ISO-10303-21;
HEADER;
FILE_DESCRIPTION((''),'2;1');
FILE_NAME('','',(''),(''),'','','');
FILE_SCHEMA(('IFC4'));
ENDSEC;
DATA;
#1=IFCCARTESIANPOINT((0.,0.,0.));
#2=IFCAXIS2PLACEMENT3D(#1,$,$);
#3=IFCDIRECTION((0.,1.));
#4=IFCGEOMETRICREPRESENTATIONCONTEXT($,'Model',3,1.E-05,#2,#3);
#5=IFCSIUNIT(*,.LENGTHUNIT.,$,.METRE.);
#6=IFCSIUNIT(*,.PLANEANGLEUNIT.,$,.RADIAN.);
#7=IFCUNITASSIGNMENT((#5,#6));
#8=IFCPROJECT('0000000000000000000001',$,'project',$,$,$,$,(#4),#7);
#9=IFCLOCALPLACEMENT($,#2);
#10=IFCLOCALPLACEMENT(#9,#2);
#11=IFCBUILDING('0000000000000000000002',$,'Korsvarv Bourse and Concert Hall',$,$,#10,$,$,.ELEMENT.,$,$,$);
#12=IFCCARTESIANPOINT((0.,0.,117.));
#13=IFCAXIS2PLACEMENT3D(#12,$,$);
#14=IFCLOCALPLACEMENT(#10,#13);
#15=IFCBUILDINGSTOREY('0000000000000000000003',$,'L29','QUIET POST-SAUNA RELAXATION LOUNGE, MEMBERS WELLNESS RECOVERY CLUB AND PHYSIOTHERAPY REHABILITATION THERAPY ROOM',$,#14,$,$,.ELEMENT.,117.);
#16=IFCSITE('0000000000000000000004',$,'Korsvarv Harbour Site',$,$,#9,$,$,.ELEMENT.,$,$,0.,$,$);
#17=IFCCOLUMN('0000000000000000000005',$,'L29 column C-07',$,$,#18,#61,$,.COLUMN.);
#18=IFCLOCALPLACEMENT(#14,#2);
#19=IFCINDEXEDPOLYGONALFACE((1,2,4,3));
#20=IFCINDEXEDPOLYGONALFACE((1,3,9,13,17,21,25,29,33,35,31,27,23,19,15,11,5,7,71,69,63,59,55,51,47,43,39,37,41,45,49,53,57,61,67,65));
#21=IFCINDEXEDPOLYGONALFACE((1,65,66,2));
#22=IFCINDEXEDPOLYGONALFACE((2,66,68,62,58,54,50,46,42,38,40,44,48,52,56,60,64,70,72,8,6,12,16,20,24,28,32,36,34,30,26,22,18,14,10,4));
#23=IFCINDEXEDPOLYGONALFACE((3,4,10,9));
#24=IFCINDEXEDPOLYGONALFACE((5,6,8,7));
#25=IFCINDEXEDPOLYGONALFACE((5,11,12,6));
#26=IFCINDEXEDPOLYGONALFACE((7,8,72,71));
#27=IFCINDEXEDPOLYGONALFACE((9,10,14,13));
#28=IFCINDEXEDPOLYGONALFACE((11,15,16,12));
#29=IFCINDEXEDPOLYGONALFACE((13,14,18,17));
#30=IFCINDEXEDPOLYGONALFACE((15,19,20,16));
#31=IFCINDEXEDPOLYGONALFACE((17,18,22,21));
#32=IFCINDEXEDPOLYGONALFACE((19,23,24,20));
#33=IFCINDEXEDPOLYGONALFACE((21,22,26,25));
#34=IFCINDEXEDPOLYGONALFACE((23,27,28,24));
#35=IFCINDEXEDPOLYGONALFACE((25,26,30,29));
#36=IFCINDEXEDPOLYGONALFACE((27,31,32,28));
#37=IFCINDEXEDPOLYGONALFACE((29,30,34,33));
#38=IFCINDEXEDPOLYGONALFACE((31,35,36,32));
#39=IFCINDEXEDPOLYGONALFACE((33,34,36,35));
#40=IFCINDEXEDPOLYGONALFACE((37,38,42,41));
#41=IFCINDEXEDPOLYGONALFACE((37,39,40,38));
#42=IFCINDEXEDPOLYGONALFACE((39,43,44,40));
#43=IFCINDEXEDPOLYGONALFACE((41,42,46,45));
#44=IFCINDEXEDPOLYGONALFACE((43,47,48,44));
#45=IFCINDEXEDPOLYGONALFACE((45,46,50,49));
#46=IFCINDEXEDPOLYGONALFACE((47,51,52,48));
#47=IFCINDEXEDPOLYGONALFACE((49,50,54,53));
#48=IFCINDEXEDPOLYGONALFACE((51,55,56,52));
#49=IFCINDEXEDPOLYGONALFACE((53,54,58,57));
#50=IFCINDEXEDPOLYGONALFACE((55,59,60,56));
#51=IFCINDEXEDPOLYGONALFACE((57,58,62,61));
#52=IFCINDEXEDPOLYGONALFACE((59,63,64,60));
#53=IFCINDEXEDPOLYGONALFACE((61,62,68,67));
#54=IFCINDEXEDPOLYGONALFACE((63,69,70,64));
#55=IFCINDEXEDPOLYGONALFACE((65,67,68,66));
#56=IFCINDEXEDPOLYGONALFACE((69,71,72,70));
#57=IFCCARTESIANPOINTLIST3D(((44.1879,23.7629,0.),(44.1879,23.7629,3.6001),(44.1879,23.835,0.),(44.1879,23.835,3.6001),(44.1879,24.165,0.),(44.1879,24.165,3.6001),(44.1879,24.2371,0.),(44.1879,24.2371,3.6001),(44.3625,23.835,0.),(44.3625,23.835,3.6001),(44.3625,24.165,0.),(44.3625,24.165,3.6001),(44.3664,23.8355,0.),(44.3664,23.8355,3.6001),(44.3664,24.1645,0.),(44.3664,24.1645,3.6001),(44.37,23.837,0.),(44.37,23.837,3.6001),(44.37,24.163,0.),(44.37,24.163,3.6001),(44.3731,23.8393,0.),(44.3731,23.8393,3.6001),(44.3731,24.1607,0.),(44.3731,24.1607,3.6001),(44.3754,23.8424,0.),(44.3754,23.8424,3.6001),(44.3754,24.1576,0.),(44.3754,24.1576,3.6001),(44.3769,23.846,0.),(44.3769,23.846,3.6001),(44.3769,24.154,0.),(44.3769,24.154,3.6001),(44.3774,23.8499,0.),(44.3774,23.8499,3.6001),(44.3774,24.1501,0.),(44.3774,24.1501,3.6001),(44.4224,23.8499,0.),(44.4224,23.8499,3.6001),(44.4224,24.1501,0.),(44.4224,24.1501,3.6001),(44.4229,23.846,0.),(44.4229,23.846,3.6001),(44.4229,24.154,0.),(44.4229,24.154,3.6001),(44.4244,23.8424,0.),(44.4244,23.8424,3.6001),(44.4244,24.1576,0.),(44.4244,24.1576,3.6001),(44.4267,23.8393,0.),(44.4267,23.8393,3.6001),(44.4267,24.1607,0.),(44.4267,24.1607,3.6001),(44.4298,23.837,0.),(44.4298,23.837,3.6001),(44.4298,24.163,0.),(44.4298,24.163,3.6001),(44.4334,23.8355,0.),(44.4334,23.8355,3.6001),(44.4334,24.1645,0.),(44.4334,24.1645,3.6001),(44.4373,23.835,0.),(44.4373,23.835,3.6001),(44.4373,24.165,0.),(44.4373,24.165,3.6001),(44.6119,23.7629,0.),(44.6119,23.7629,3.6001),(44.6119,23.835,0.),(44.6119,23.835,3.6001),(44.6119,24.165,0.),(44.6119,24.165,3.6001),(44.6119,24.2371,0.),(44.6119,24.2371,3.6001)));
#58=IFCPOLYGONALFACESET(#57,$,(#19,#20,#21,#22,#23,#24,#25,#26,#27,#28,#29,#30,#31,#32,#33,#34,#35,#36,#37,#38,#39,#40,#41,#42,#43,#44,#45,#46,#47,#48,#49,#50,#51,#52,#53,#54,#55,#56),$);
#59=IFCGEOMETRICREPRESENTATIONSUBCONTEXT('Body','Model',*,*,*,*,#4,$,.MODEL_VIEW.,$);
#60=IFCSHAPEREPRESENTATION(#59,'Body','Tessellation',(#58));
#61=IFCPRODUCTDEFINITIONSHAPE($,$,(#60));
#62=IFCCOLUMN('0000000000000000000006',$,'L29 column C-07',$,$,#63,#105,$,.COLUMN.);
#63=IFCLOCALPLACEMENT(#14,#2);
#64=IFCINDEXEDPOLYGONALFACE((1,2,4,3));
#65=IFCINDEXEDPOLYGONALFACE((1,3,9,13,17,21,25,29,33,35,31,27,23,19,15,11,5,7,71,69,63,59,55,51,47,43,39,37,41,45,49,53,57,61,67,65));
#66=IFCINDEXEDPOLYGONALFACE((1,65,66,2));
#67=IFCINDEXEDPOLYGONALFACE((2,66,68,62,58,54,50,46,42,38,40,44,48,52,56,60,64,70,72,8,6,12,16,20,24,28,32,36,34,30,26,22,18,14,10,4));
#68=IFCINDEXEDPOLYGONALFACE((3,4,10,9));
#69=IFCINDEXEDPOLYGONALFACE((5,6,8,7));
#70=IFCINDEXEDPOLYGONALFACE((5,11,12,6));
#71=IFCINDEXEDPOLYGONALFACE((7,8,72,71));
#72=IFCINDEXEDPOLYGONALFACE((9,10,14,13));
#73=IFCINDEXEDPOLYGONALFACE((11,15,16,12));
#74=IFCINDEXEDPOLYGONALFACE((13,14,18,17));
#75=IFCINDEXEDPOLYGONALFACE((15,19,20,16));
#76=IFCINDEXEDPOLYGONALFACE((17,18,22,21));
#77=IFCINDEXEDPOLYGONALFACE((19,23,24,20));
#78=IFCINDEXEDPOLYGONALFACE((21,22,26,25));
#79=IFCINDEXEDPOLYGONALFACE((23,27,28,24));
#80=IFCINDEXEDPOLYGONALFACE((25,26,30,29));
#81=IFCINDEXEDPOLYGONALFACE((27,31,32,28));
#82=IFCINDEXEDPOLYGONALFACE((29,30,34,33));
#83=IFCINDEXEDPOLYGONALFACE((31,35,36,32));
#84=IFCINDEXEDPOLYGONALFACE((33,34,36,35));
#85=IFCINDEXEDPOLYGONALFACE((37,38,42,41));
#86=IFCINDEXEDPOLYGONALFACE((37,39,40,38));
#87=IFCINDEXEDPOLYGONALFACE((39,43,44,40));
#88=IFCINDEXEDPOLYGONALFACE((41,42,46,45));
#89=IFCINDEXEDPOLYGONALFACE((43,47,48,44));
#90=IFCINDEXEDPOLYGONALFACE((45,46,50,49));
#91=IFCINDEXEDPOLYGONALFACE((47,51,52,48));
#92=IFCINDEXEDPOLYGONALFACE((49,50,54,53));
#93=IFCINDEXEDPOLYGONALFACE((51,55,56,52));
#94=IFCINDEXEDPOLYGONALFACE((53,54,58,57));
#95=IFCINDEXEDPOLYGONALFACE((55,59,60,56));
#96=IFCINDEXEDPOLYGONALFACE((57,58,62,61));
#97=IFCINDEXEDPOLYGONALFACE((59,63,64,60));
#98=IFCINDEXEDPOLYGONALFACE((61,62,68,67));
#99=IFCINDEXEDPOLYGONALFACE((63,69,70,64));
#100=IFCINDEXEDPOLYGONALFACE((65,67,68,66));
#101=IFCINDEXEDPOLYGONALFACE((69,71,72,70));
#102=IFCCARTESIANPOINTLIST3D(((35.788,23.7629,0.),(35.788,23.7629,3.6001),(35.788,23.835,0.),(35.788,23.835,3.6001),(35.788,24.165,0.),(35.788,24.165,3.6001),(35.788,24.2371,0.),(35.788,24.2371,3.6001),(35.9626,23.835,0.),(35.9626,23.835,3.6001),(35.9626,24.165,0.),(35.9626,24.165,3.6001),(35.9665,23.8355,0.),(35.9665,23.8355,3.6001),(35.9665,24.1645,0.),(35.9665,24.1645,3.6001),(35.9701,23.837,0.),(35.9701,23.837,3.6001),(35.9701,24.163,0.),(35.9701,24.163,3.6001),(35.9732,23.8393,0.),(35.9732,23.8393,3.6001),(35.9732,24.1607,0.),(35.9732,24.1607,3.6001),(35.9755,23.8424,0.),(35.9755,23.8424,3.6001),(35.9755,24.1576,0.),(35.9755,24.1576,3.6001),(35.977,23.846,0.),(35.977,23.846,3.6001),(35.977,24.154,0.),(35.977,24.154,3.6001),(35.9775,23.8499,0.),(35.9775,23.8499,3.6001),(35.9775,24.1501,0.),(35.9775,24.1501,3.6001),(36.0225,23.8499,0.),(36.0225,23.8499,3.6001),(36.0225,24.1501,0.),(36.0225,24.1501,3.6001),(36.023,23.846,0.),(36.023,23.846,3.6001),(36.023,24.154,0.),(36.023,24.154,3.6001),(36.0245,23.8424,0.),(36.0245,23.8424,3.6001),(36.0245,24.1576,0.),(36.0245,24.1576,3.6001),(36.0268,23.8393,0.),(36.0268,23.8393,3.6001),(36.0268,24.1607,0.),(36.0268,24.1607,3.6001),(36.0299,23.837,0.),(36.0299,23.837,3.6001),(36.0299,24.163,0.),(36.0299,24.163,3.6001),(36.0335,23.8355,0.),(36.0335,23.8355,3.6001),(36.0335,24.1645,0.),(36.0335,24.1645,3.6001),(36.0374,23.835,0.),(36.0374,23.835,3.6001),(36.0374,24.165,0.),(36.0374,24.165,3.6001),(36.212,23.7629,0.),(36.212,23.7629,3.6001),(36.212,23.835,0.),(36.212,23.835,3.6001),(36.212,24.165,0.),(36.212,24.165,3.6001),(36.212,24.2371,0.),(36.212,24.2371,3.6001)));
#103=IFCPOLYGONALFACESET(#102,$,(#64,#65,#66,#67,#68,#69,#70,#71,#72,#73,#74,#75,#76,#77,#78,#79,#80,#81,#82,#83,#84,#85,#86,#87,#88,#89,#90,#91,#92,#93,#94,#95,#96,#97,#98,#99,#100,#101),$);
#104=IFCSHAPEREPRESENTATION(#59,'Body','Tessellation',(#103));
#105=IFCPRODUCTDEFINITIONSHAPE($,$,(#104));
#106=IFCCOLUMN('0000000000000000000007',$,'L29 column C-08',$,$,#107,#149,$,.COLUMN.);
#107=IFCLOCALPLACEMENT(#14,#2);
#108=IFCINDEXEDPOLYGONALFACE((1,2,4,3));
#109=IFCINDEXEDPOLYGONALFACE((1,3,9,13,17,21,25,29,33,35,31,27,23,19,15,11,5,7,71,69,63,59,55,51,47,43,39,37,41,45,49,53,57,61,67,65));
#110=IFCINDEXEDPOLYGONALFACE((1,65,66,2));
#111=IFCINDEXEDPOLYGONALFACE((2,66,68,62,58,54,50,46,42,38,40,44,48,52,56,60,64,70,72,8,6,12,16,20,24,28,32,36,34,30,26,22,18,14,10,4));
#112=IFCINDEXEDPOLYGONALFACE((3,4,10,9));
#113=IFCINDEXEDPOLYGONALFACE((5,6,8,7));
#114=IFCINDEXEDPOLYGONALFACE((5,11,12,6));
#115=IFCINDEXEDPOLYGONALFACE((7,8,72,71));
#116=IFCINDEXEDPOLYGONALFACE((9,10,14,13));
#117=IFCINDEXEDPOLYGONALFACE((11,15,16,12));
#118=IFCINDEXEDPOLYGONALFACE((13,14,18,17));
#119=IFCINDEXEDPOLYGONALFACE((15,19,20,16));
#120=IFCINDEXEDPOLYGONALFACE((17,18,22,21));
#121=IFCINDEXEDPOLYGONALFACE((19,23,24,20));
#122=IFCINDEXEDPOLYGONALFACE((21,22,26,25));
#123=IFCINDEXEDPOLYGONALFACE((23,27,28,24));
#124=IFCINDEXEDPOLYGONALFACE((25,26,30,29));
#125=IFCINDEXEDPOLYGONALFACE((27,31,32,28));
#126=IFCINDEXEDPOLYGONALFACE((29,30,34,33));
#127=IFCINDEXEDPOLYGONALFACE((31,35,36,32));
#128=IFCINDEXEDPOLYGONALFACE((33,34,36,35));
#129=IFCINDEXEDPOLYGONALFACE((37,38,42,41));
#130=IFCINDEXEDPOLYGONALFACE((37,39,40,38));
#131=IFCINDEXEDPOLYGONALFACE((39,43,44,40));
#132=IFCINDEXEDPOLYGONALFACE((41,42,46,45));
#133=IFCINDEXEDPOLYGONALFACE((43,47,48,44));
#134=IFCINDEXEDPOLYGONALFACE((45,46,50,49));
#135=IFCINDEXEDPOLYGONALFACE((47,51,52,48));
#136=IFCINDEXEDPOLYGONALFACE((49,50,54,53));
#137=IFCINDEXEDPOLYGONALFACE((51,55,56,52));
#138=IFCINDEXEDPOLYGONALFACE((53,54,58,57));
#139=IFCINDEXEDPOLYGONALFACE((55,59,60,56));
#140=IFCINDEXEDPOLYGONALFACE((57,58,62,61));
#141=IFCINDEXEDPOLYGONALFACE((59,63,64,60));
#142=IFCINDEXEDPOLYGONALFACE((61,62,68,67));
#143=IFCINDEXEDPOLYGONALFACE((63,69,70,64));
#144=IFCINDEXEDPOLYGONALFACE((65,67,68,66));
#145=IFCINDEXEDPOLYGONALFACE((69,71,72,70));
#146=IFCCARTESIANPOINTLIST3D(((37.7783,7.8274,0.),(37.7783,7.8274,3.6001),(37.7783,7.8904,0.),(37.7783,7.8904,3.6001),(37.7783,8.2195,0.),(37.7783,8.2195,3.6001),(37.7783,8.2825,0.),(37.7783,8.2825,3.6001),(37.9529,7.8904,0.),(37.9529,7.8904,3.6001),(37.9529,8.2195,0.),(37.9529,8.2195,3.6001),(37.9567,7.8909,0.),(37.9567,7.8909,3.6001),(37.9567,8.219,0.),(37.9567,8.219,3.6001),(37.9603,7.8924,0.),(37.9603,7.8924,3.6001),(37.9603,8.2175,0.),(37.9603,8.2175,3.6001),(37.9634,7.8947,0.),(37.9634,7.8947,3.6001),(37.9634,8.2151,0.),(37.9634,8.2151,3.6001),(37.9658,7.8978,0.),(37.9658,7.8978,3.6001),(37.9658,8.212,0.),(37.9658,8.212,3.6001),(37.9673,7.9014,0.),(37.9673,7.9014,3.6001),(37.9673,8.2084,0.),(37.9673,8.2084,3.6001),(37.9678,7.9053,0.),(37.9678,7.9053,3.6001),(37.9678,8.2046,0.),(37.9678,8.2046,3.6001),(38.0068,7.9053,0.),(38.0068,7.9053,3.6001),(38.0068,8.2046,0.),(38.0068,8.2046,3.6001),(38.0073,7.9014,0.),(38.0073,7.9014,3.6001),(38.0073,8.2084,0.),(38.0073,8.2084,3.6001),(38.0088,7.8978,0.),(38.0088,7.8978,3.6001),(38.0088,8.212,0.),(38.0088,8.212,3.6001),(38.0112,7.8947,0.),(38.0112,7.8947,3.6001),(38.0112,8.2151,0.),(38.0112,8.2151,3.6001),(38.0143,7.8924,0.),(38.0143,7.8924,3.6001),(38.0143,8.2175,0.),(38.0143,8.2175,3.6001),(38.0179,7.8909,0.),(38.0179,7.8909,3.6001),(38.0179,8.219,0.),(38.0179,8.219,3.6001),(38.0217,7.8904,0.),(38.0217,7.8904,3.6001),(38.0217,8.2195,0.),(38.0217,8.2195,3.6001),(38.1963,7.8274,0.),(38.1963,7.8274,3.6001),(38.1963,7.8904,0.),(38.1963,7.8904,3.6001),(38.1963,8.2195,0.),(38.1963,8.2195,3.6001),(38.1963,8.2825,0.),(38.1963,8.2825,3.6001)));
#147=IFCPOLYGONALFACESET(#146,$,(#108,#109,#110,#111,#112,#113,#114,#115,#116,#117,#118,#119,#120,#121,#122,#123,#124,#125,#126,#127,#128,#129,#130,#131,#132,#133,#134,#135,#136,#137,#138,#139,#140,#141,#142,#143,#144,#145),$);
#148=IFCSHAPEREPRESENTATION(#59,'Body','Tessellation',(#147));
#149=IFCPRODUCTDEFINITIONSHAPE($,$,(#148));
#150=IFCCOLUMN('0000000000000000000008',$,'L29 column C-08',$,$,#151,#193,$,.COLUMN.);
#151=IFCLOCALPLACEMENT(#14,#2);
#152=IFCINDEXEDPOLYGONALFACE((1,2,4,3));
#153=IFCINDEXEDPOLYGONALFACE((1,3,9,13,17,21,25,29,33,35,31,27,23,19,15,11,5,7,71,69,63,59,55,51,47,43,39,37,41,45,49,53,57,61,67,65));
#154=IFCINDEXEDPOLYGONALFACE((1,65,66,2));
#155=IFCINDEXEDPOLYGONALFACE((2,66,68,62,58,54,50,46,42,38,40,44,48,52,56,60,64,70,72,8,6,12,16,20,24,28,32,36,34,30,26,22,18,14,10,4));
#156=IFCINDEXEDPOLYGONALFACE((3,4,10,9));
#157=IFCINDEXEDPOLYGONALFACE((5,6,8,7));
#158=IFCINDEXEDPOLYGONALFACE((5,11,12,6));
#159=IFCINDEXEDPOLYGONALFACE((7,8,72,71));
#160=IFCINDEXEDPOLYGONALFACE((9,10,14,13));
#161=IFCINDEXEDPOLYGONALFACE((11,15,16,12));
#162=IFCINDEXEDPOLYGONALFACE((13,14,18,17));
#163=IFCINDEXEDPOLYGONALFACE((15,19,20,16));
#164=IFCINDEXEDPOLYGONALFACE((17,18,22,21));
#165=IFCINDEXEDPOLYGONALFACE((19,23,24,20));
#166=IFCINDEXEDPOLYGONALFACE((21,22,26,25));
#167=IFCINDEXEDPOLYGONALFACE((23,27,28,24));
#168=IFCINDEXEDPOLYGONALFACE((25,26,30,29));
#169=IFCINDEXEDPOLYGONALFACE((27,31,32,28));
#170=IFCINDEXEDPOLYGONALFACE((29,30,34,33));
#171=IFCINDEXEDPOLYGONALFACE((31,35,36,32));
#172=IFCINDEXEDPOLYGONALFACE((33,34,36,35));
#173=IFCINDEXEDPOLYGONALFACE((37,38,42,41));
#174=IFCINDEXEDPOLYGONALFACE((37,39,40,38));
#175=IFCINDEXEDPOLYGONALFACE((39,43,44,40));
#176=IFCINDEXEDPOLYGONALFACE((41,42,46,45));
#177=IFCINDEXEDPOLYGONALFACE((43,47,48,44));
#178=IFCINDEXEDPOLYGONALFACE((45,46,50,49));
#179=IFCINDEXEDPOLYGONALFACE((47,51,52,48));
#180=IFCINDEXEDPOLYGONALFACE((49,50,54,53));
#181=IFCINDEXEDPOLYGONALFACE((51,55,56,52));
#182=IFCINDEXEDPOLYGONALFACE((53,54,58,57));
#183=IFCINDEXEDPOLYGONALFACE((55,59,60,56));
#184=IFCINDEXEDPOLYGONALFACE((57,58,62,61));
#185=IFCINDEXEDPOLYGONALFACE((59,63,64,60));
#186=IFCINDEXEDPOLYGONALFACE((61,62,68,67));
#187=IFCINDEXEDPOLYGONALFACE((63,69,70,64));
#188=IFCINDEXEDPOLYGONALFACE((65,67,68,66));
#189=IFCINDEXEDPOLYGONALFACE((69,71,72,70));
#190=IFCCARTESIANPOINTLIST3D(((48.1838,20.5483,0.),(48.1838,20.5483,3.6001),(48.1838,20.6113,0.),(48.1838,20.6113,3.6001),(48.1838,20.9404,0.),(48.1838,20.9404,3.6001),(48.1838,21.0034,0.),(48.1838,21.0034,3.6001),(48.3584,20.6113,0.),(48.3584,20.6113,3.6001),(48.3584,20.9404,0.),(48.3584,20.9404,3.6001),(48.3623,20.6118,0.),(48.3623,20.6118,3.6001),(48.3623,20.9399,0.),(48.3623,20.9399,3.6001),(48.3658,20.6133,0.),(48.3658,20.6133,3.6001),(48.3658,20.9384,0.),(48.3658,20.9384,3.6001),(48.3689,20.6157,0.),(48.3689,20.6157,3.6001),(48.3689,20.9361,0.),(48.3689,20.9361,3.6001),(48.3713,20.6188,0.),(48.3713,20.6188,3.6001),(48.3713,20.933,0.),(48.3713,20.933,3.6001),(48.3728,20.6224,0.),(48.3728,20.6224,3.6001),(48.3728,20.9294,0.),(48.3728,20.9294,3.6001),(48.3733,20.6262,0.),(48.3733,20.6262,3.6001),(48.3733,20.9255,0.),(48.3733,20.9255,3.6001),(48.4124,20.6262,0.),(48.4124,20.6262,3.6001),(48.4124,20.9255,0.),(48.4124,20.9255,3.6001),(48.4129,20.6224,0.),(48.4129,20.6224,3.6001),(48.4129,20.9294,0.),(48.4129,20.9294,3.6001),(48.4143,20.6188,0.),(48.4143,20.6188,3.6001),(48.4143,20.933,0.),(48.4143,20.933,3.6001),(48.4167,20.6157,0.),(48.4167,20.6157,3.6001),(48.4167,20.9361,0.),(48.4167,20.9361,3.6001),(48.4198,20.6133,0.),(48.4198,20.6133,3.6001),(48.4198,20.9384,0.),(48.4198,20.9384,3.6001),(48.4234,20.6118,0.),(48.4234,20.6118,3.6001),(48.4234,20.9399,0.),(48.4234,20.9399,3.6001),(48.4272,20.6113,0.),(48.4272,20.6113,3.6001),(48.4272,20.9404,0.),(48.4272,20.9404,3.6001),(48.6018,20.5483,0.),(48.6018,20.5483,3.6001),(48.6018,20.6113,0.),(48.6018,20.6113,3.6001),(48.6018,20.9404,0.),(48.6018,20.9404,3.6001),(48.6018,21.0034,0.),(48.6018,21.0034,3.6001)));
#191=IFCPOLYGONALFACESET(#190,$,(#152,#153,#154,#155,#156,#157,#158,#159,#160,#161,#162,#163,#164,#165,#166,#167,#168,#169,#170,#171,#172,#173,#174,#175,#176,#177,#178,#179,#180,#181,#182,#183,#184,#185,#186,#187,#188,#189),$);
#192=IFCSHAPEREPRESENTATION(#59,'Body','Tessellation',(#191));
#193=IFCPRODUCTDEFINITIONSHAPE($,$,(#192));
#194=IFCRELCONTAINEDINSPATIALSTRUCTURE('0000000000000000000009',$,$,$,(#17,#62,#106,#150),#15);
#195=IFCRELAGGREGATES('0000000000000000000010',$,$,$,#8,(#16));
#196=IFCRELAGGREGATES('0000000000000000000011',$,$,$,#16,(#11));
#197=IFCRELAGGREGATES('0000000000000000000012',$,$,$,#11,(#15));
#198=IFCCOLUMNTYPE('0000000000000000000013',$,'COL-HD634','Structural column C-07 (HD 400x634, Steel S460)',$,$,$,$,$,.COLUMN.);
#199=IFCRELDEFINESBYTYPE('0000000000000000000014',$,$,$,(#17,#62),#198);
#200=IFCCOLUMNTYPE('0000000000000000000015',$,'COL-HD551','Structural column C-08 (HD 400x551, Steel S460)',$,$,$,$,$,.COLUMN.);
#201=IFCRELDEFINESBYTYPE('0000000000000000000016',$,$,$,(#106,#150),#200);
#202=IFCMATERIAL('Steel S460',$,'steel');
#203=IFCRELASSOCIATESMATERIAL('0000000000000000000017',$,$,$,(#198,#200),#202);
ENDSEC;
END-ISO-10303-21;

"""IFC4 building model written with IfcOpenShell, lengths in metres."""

from ifc_helpers import new_model, si_unit, direction, frame, origin, origin_2d, place, context, subcontext, project, spatial, i_section, extrude, source, transform, mapped, material, material_profile, profile_set, type_object, element, save


model = new_model("IFC4")

# Units and contexts
model_context = context("Model", 3, precision=1e-05, world=origin(), true_north=direction((0.0, 1.0)))
body_context = subcontext(model_context, "Body", "Model", "MODEL_VIEW")
ifc_project = project(units=[si_unit("LENGTHUNIT", "METRE"), si_unit("PLANEANGLEUNIT", "RADIAN")], contexts=[model_context])

# Site, building, storey
site_placement = place(None, origin())
site = spatial("IfcSite", under=ifc_project, at=site_placement, Name="Korsvarv Harbour Site", CompositionType="ELEMENT", RefElevation=0.0)
building_placement = place(site_placement, origin())
building = spatial("IfcBuilding", under=site, at=building_placement, Name="Korsvarv Bourse and Concert Hall", CompositionType="ELEMENT")
storey_placement = place(building_placement, frame((0.0, 0.0, 117.0)))
storey = spatial("IfcBuildingStorey", under=building, at=storey_placement, Name="L29", Description="QUIET POST-SAUNA RELAXATION LOUNGE, MEMBERS WELLNESS RECOVERY CLUB AND PHYSIOTHERAPY REHABILITATION THERAPY ROOM", CompositionType="ELEMENT", Elevation=117.0)

# Columns
ifc_material_1 = material(Name="Steel S460", Category="steel")
ifc_material_profile_1 = material_profile(ifc_material_1, i_section(OverallWidth=0.4241, OverallDepth=0.4741, WebThickness=0.0449, FlangeThickness=0.072, FilletRadius=0.0149, at=origin_2d()), Name="HD 400x634")
ifc_profile_set_1 = profile_set([ifc_material_profile_1], Name="Steel S460")
column_type_1 = type_object("IfcColumnType", Name="COL-HD634", Description="Structural column C-07 (HD 400x634, Steel S460)", PredefinedType="COLUMN", material=ifc_profile_set_1)
shared_shape_1 = source(origin(), body_context, "Body", "SweptSolid", [
    extrude(i_section(OverallWidth=0.4241, OverallDepth=0.4741, WebThickness=0.0449, FlangeThickness=0.072, FilletRadius=0.0149, at=origin_2d()), origin(), (0.0, 0.0, 1.0), 3.6001),
])
for number, where, z_axis, x_axis, name in (
    (1, (44.3999, 24.0, 0.0), (0.0, 0.0, 1.0), (1.0, 0.0, 0.0), "L29 column C-07"),
    (2, (36.0, 24.0, 0.0), (0.0, 0.0, 1.0), (1.0, 0.0, 0.0), "L29 column C-07"),
):
    element("IfcColumn", number, at=place(storey_placement, frame(where, z_axis=z_axis, x_axis=x_axis)), inside=storey, type_object=column_type_1, Name=name, PredefinedType="COLUMN", context=body_context, shape_type="MappedRepresentation", body=[
        mapped(shared_shape_1, transform((0.0, 0.0, 0.0), scale=1.0)),
    ])
ifc_material_profile_2 = material_profile(ifc_material_1, i_section(OverallWidth=0.418, OverallDepth=0.4551, WebThickness=0.0391, FlangeThickness=0.063, FilletRadius=0.0149, at=origin_2d()), Name="HD 400x551")
ifc_profile_set_2 = profile_set([ifc_material_profile_2], Name="Steel S460")
column_type_2 = type_object("IfcColumnType", Name="COL-HD551", Description="Structural column C-08 (HD 400x551, Steel S460)", PredefinedType="COLUMN", material=ifc_profile_set_2)
shared_shape_2 = source(origin(), body_context, "Body", "SweptSolid", [
    extrude(i_section(OverallWidth=0.418, OverallDepth=0.4551, WebThickness=0.0391, FlangeThickness=0.063, FilletRadius=0.0149, at=origin_2d()), origin(), (0.0, 0.0, 1.0), 3.6001),
])
for number, where, z_axis, x_axis, name in (
    (3, (37.9873, 8.0549, 0.0), (0.0, 0.0, 1.0), (1.0, 0.0, 0.0), "L29 column C-08"),
    (4, (48.3928, 20.7759, 0.0), (0.0, 0.0, 1.0), (1.0, 0.0, 0.0), "L29 column C-08"),
):
    element("IfcColumn", number, at=place(storey_placement, frame(where, z_axis=z_axis, x_axis=x_axis)), inside=storey, type_object=column_type_2, Name=name, PredefinedType="COLUMN", context=body_context, shape_type="MappedRepresentation", body=[
        mapped(shared_shape_2, transform((0.0, 0.0, 0.0), scale=1.0)),
    ])

save(model, "model.ifc")
